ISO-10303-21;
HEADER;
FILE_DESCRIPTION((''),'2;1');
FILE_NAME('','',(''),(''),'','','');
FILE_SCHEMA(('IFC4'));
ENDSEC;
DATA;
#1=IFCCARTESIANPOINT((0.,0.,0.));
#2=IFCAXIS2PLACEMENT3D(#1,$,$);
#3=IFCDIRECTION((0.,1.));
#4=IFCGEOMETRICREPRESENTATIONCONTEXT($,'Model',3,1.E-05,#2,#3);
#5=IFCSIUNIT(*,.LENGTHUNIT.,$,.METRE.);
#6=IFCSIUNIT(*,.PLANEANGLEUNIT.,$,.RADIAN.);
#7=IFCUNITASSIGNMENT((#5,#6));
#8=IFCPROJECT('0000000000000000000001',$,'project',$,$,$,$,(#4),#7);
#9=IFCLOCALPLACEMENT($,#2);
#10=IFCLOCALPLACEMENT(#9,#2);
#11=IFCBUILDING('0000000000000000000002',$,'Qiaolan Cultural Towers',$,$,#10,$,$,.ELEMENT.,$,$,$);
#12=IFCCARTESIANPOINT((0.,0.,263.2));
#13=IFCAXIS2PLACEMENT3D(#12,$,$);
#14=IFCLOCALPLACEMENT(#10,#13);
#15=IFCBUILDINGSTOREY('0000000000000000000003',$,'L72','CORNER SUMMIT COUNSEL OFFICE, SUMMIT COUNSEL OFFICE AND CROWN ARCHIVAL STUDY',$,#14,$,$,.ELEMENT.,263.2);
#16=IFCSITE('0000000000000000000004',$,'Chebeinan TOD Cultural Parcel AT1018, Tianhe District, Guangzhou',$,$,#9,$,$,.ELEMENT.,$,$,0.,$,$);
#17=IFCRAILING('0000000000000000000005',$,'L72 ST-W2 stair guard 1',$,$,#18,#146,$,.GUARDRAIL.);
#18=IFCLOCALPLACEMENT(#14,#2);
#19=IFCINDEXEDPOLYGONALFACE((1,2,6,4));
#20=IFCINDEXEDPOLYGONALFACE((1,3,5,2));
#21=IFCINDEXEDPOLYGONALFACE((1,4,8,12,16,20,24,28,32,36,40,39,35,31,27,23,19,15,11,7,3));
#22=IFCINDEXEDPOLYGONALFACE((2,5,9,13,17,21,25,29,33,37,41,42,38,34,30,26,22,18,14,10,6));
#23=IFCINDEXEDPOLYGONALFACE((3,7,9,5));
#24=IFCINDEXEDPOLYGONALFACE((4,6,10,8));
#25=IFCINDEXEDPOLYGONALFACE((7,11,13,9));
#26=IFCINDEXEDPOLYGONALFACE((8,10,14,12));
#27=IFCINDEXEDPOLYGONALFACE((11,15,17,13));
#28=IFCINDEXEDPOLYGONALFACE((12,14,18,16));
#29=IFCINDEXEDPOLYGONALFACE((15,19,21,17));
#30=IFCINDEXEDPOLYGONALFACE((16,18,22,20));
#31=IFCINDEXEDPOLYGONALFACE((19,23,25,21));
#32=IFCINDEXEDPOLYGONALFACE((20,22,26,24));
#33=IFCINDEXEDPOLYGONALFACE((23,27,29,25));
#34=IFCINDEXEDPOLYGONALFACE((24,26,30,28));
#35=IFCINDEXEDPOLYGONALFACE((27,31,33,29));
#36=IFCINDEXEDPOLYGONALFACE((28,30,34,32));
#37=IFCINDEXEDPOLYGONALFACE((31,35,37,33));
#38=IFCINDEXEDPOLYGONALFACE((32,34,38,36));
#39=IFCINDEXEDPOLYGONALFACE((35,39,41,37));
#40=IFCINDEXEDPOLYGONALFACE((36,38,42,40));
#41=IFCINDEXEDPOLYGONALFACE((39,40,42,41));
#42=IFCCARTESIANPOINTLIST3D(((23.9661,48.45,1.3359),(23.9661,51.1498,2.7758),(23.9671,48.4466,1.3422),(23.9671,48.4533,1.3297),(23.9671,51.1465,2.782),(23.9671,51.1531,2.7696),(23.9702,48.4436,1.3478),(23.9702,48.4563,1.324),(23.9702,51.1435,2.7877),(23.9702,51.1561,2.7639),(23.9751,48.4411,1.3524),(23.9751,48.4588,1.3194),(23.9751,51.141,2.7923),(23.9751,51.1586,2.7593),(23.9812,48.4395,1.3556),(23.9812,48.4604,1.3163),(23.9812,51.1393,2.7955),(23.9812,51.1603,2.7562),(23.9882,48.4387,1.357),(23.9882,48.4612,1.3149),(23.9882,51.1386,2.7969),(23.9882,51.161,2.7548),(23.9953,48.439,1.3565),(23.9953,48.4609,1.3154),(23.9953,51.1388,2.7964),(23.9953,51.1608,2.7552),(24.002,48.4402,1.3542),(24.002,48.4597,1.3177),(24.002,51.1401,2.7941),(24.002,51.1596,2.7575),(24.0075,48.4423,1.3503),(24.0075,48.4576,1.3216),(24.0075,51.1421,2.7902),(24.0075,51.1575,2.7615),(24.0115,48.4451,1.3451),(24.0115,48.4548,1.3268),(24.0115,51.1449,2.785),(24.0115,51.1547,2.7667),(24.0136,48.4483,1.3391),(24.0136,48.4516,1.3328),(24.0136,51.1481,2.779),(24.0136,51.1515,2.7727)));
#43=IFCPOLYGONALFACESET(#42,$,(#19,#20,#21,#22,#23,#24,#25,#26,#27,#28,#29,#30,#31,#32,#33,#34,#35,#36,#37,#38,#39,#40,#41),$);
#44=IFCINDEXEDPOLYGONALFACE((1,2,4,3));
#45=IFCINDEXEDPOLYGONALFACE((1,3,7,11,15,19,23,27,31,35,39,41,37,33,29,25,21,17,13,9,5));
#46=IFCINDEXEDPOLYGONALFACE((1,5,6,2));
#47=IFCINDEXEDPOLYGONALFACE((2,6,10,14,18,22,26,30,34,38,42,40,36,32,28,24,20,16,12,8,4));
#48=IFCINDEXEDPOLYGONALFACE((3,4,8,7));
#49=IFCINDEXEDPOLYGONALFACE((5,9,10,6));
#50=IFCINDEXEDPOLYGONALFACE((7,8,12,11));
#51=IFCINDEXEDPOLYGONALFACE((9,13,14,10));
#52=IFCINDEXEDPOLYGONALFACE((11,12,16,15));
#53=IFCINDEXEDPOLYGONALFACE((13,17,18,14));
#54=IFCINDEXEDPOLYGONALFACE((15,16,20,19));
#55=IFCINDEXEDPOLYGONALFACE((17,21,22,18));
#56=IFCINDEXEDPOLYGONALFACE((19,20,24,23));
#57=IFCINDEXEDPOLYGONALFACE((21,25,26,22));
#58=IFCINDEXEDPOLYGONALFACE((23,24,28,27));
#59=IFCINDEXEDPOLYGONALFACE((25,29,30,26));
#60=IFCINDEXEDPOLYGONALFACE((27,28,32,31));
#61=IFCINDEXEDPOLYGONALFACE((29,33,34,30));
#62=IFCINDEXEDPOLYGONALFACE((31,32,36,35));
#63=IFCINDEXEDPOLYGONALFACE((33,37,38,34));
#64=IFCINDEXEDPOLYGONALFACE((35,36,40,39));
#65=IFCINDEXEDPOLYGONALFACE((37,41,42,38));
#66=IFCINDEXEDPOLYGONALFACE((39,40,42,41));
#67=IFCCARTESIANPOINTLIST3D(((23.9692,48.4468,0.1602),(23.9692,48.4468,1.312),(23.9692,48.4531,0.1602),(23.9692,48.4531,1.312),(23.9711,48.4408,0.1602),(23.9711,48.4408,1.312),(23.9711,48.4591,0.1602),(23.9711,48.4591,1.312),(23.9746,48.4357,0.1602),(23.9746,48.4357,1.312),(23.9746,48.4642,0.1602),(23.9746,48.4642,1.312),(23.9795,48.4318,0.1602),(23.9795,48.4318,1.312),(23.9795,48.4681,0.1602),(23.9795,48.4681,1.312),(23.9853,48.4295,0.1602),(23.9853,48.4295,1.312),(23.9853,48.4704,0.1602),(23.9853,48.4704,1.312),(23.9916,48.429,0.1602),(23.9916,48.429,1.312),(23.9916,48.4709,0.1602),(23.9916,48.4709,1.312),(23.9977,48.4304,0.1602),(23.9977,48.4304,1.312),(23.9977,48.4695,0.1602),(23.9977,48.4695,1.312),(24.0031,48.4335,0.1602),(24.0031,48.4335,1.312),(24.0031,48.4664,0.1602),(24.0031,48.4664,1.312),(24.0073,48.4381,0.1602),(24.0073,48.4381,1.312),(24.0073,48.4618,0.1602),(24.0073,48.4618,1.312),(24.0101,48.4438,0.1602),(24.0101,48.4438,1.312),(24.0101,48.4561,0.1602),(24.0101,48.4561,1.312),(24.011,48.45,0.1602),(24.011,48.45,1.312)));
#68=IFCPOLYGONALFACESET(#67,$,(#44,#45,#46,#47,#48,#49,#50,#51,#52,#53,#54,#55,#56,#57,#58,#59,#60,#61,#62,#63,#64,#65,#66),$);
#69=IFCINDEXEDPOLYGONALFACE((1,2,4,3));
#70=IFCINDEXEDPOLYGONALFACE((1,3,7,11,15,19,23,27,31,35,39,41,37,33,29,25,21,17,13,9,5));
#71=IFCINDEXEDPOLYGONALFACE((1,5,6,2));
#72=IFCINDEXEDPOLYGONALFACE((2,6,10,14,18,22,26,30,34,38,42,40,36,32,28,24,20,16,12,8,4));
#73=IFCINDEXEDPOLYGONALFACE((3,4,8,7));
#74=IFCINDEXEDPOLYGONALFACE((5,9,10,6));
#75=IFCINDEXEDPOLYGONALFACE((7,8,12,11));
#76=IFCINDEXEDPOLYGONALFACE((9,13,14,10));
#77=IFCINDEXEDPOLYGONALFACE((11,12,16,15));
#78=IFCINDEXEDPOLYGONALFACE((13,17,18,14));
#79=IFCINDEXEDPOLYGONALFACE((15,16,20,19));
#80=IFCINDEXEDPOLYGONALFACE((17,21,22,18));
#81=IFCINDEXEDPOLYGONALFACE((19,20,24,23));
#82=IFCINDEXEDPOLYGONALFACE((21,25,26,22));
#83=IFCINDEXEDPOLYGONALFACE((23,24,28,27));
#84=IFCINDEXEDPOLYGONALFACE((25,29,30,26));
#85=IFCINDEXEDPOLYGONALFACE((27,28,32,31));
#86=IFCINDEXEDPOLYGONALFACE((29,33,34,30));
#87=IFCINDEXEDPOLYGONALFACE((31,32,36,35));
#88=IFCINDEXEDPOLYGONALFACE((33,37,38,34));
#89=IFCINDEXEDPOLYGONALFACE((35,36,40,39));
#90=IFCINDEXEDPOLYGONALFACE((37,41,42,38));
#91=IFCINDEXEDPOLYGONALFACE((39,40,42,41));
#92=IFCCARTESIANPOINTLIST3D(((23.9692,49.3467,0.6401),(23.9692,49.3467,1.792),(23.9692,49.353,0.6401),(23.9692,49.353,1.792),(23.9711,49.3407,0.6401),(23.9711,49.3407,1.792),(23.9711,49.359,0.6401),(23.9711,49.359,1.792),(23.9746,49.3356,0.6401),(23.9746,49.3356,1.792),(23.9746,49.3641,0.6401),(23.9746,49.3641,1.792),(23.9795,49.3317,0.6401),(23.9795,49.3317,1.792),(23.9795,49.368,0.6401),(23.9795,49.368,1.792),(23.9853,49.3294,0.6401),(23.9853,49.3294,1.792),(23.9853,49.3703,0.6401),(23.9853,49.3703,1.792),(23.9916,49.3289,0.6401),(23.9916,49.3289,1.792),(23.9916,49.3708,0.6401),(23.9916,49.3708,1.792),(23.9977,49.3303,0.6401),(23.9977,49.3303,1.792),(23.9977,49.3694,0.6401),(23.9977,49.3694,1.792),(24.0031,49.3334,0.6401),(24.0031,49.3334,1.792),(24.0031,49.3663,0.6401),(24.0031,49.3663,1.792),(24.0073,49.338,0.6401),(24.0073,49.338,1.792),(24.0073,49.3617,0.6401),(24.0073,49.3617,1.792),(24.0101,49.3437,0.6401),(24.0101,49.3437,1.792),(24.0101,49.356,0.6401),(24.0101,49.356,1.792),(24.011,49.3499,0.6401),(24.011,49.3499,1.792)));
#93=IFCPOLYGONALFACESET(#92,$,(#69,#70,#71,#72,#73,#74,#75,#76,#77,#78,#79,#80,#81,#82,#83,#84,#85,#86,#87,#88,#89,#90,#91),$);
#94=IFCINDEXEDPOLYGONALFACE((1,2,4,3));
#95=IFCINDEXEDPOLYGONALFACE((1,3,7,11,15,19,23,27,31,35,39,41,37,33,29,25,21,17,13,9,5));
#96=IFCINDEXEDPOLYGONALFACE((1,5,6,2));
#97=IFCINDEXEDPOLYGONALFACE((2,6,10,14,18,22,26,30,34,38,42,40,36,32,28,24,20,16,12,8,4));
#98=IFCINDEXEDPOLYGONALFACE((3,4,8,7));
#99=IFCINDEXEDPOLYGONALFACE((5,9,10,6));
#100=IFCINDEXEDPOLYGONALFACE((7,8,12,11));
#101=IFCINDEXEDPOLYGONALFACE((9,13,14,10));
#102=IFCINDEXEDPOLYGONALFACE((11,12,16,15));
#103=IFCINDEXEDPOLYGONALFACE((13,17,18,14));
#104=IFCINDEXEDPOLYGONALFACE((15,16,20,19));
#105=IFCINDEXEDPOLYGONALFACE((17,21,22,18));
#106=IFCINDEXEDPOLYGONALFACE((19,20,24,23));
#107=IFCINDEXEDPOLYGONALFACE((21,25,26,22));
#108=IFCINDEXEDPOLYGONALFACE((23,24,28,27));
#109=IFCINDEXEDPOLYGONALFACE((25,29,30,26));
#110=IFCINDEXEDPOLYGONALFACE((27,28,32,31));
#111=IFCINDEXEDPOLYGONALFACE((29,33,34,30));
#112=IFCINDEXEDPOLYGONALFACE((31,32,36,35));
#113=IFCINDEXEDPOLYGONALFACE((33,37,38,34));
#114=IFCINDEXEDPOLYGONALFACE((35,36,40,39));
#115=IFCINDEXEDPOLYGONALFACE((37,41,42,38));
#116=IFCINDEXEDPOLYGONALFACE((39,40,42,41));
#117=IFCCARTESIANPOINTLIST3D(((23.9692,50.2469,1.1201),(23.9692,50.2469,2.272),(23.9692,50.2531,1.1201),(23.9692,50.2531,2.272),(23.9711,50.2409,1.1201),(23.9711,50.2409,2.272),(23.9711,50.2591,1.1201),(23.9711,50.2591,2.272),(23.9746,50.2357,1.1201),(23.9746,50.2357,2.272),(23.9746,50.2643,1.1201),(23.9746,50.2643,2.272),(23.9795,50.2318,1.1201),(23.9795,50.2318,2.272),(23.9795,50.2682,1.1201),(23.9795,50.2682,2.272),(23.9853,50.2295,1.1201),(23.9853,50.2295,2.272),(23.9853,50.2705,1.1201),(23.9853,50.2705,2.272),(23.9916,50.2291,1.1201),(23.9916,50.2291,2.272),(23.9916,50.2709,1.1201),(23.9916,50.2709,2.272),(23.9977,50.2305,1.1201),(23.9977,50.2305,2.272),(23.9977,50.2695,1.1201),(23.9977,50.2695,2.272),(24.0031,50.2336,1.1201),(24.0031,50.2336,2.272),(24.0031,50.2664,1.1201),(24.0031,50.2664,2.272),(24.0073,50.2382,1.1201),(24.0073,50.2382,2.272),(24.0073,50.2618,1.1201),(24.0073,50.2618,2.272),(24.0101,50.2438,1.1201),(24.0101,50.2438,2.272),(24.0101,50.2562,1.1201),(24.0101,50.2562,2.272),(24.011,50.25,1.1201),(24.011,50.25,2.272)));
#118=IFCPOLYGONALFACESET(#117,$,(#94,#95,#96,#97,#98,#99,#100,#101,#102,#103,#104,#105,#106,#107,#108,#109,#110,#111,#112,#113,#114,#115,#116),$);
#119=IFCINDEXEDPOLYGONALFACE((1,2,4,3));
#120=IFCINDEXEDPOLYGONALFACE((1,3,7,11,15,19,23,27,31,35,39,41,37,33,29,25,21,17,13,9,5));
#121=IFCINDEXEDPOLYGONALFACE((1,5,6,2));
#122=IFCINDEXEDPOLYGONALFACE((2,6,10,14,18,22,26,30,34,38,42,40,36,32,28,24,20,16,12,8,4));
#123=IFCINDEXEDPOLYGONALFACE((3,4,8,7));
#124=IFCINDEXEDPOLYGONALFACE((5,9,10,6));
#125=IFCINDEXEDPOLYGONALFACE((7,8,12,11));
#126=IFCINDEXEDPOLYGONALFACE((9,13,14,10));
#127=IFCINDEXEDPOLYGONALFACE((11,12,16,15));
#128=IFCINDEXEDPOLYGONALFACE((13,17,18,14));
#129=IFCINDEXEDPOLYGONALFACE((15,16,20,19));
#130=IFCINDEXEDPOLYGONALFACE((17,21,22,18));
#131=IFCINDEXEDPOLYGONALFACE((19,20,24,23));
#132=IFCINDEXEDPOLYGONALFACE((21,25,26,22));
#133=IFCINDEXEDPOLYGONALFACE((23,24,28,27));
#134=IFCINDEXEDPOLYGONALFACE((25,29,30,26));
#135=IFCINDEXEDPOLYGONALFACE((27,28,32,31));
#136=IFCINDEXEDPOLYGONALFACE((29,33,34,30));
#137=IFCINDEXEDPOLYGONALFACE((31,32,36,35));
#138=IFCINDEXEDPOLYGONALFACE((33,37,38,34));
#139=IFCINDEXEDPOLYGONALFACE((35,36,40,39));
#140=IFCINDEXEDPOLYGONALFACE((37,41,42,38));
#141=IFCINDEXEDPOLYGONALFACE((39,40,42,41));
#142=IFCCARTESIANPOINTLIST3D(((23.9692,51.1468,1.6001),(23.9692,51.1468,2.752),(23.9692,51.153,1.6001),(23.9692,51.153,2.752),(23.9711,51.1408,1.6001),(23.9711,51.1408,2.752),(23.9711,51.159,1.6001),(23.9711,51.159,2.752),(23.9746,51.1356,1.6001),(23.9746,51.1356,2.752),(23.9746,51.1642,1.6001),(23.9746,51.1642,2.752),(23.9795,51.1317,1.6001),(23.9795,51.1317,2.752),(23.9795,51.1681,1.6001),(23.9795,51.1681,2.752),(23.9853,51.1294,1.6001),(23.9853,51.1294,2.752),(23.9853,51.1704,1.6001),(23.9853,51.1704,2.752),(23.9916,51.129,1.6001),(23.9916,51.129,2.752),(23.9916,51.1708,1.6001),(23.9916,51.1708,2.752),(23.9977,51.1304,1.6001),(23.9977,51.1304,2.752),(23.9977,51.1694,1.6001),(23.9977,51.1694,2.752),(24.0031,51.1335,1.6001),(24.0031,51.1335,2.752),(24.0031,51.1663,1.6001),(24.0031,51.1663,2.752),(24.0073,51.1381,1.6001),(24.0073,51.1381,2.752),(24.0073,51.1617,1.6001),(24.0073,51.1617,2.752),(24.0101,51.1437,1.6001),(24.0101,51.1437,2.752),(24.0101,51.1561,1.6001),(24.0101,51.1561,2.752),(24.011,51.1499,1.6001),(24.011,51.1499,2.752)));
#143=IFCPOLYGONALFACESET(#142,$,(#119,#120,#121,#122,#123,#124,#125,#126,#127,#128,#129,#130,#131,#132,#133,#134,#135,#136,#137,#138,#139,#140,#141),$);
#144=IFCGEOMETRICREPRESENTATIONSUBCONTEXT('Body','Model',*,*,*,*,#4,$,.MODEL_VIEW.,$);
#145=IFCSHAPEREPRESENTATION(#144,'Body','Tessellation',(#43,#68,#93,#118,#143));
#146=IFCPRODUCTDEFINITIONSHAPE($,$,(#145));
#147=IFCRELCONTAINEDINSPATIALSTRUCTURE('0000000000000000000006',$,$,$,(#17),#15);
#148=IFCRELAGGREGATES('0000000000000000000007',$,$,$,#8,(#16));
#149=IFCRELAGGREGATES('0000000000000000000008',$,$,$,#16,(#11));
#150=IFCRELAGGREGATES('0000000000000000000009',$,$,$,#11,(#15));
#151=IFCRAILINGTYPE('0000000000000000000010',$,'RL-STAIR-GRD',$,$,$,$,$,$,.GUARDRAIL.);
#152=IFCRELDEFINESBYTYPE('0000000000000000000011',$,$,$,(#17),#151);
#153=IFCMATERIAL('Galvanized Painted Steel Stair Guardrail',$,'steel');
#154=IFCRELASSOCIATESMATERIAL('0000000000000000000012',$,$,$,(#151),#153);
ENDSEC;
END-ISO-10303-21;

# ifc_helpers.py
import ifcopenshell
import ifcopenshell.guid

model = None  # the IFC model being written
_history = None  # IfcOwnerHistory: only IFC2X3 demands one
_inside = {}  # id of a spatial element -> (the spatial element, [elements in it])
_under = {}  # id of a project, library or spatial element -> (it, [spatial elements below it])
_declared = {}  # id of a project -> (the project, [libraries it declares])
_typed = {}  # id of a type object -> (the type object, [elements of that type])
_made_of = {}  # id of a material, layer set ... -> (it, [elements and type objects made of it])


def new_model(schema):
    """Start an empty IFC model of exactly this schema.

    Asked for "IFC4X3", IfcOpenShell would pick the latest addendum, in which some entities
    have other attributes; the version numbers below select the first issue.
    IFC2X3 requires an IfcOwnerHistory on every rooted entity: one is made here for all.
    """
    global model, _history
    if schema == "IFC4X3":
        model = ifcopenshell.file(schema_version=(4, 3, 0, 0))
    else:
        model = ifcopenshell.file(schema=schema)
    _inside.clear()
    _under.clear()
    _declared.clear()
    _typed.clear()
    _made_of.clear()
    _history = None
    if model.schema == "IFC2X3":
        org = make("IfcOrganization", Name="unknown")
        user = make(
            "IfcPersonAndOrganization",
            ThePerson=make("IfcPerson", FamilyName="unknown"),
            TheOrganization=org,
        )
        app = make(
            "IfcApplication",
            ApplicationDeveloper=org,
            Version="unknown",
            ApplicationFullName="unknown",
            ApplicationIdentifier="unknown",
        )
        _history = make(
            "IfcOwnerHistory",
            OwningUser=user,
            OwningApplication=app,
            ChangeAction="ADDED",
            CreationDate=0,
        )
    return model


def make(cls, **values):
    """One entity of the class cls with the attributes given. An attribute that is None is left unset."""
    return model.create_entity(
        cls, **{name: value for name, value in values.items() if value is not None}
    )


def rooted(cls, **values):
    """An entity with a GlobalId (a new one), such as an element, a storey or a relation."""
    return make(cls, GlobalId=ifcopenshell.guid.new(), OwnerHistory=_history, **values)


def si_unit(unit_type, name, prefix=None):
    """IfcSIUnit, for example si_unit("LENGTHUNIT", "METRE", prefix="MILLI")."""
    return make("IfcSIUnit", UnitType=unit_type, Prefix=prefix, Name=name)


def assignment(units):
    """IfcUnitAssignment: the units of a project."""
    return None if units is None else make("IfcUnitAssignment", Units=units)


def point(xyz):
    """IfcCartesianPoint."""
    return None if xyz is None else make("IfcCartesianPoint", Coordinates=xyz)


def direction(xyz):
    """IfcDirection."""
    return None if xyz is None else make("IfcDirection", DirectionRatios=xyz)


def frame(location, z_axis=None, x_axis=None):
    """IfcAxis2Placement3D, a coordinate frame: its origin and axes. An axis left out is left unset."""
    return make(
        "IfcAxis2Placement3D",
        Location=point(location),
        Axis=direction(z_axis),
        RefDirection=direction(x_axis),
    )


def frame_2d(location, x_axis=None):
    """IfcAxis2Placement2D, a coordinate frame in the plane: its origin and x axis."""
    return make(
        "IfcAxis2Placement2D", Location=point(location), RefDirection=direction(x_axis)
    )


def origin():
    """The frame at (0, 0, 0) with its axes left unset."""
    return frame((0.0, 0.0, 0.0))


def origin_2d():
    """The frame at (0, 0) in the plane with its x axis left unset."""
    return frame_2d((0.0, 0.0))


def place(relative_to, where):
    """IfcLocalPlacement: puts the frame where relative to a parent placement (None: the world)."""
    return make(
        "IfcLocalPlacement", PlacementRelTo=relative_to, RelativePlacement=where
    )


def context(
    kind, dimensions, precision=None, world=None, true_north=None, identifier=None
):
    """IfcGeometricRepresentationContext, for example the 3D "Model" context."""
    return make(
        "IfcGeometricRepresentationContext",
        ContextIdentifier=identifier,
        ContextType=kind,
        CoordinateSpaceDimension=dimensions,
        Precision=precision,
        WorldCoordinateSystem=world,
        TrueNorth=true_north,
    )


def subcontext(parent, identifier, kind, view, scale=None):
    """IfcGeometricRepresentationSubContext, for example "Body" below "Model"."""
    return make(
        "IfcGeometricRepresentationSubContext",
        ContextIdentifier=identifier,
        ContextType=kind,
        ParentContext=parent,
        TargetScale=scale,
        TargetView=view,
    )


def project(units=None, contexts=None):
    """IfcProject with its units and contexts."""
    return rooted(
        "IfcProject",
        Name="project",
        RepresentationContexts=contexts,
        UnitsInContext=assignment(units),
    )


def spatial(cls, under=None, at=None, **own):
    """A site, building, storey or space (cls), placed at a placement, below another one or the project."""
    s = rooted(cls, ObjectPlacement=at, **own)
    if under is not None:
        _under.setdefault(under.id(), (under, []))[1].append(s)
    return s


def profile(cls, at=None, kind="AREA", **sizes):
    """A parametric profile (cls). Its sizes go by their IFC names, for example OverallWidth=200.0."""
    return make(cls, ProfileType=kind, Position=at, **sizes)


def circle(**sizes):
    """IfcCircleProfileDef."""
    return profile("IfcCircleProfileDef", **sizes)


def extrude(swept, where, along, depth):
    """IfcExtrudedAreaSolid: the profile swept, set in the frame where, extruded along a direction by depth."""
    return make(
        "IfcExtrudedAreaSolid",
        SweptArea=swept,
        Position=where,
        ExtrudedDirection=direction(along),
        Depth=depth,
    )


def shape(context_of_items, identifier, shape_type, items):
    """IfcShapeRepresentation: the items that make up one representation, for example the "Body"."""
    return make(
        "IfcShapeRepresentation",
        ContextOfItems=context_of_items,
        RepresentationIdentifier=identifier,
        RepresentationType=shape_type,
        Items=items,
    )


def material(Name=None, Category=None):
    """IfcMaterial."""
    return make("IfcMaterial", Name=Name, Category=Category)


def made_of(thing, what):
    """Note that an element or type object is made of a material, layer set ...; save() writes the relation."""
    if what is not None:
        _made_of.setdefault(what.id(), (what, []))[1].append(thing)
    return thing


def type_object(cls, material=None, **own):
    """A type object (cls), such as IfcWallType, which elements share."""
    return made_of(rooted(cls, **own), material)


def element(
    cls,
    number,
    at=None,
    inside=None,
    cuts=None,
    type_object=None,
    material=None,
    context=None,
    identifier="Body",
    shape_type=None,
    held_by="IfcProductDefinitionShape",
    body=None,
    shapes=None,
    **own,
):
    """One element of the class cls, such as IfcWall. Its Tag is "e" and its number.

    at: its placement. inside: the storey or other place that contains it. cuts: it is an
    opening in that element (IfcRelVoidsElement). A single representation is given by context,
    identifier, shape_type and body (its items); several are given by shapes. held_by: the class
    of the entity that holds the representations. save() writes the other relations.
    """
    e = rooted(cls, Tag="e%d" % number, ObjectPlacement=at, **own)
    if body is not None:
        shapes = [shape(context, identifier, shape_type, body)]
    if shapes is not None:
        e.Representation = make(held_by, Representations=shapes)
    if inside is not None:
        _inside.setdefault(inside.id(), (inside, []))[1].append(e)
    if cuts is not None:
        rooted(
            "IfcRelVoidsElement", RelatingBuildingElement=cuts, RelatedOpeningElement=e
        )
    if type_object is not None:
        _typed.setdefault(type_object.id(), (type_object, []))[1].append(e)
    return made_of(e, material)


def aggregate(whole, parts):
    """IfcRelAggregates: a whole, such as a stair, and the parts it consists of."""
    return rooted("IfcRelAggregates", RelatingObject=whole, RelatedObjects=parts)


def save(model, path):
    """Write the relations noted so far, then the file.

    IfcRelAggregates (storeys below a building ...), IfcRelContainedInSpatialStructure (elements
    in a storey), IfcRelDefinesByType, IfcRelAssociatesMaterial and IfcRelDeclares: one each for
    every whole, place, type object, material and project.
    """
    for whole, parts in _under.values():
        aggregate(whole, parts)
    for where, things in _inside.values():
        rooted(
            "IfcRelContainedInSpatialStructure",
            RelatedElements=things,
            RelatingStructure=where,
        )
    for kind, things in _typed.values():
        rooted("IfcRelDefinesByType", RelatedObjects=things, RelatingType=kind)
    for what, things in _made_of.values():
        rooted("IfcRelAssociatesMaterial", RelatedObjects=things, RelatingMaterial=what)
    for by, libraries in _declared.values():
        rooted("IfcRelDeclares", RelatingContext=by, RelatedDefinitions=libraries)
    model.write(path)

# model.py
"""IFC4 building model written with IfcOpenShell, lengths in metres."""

from ifc_helpers import new_model, si_unit, direction, frame, origin, origin_2d, place, context, subcontext, project, spatial, circle, extrude, material, type_object, element, save


model = new_model("IFC4")

# Units and contexts
model_context = context("Model", 3, precision=1e-05, world=origin(), true_north=direction((0.0, 1.0)))
body_context = subcontext(model_context, "Body", "Model", "MODEL_VIEW")
ifc_project = project(units=[si_unit("LENGTHUNIT", "METRE"), si_unit("PLANEANGLEUNIT", "RADIAN")], contexts=[model_context])

# Site, building, storey
site_placement = place(None, origin())
site = spatial("IfcSite", under=ifc_project, at=site_placement, Name="Chebeinan TOD Cultural Parcel AT1018, Tianhe District, Guangzhou", CompositionType="ELEMENT", RefElevation=0.0)
building_placement = place(site_placement, origin())
building = spatial("IfcBuilding", under=site, at=building_placement, Name="Qiaolan Cultural Towers", CompositionType="ELEMENT")
storey_placement = place(building_placement, frame((0.0, 0.0, 263.2)))
storey = spatial("IfcBuildingStorey", under=building, at=storey_placement, Name="L72", Description="CORNER SUMMIT COUNSEL OFFICE, SUMMIT COUNSEL OFFICE AND CROWN ARCHIVAL STUDY", CompositionType="ELEMENT", Elevation=263.2)

# Railing
ifc_material_1 = material(Name="Galvanized Painted Steel Stair Guardrail", Category="steel")
railing_type = type_object("IfcRailingType", Name="RL-STAIR-GRD", PredefinedType="GUARDRAIL", material=ifc_material_1)
railing_1_placement = place(storey_placement, frame((23.99, 48.45, 0.1602)))
element("IfcRailing", 1, at=railing_1_placement, inside=storey, type_object=railing_type, Name="L72 ST-W2 stair guard 1", PredefinedType="GUARDRAIL", context=body_context, shape_type="SweptSolid", body=[
    extrude(circle(Radius=0.0239, at=origin_2d()), frame((0.0, 0.0, 1.1758), z_axis=(0.0, 0.882357, 0.47058), x_axis=(-1.0, 0.0, 0.0)), (0.0, 0.0, 1.0), 3.0598),
    extrude(circle(Radius=0.021, at=origin_2d()), origin(), (0.0, 0.0, 1.0), 1.1519),
    extrude(circle(Radius=0.021, at=origin_2d()), frame((0.0, 0.8999, 0.48)), (0.0, 0.0, 1.0), 1.1519),
    extrude(circle(Radius=0.021, at=origin_2d()), frame((0.0, 1.8, 0.96)), (0.0, 0.0, 1.0), 1.1519),
    extrude(circle(Radius=0.021, at=origin_2d()), frame((0.0, 2.7, 1.4399)), (0.0, 0.0, 1.0), 1.1519),
])

save(model, "model.ifc")
